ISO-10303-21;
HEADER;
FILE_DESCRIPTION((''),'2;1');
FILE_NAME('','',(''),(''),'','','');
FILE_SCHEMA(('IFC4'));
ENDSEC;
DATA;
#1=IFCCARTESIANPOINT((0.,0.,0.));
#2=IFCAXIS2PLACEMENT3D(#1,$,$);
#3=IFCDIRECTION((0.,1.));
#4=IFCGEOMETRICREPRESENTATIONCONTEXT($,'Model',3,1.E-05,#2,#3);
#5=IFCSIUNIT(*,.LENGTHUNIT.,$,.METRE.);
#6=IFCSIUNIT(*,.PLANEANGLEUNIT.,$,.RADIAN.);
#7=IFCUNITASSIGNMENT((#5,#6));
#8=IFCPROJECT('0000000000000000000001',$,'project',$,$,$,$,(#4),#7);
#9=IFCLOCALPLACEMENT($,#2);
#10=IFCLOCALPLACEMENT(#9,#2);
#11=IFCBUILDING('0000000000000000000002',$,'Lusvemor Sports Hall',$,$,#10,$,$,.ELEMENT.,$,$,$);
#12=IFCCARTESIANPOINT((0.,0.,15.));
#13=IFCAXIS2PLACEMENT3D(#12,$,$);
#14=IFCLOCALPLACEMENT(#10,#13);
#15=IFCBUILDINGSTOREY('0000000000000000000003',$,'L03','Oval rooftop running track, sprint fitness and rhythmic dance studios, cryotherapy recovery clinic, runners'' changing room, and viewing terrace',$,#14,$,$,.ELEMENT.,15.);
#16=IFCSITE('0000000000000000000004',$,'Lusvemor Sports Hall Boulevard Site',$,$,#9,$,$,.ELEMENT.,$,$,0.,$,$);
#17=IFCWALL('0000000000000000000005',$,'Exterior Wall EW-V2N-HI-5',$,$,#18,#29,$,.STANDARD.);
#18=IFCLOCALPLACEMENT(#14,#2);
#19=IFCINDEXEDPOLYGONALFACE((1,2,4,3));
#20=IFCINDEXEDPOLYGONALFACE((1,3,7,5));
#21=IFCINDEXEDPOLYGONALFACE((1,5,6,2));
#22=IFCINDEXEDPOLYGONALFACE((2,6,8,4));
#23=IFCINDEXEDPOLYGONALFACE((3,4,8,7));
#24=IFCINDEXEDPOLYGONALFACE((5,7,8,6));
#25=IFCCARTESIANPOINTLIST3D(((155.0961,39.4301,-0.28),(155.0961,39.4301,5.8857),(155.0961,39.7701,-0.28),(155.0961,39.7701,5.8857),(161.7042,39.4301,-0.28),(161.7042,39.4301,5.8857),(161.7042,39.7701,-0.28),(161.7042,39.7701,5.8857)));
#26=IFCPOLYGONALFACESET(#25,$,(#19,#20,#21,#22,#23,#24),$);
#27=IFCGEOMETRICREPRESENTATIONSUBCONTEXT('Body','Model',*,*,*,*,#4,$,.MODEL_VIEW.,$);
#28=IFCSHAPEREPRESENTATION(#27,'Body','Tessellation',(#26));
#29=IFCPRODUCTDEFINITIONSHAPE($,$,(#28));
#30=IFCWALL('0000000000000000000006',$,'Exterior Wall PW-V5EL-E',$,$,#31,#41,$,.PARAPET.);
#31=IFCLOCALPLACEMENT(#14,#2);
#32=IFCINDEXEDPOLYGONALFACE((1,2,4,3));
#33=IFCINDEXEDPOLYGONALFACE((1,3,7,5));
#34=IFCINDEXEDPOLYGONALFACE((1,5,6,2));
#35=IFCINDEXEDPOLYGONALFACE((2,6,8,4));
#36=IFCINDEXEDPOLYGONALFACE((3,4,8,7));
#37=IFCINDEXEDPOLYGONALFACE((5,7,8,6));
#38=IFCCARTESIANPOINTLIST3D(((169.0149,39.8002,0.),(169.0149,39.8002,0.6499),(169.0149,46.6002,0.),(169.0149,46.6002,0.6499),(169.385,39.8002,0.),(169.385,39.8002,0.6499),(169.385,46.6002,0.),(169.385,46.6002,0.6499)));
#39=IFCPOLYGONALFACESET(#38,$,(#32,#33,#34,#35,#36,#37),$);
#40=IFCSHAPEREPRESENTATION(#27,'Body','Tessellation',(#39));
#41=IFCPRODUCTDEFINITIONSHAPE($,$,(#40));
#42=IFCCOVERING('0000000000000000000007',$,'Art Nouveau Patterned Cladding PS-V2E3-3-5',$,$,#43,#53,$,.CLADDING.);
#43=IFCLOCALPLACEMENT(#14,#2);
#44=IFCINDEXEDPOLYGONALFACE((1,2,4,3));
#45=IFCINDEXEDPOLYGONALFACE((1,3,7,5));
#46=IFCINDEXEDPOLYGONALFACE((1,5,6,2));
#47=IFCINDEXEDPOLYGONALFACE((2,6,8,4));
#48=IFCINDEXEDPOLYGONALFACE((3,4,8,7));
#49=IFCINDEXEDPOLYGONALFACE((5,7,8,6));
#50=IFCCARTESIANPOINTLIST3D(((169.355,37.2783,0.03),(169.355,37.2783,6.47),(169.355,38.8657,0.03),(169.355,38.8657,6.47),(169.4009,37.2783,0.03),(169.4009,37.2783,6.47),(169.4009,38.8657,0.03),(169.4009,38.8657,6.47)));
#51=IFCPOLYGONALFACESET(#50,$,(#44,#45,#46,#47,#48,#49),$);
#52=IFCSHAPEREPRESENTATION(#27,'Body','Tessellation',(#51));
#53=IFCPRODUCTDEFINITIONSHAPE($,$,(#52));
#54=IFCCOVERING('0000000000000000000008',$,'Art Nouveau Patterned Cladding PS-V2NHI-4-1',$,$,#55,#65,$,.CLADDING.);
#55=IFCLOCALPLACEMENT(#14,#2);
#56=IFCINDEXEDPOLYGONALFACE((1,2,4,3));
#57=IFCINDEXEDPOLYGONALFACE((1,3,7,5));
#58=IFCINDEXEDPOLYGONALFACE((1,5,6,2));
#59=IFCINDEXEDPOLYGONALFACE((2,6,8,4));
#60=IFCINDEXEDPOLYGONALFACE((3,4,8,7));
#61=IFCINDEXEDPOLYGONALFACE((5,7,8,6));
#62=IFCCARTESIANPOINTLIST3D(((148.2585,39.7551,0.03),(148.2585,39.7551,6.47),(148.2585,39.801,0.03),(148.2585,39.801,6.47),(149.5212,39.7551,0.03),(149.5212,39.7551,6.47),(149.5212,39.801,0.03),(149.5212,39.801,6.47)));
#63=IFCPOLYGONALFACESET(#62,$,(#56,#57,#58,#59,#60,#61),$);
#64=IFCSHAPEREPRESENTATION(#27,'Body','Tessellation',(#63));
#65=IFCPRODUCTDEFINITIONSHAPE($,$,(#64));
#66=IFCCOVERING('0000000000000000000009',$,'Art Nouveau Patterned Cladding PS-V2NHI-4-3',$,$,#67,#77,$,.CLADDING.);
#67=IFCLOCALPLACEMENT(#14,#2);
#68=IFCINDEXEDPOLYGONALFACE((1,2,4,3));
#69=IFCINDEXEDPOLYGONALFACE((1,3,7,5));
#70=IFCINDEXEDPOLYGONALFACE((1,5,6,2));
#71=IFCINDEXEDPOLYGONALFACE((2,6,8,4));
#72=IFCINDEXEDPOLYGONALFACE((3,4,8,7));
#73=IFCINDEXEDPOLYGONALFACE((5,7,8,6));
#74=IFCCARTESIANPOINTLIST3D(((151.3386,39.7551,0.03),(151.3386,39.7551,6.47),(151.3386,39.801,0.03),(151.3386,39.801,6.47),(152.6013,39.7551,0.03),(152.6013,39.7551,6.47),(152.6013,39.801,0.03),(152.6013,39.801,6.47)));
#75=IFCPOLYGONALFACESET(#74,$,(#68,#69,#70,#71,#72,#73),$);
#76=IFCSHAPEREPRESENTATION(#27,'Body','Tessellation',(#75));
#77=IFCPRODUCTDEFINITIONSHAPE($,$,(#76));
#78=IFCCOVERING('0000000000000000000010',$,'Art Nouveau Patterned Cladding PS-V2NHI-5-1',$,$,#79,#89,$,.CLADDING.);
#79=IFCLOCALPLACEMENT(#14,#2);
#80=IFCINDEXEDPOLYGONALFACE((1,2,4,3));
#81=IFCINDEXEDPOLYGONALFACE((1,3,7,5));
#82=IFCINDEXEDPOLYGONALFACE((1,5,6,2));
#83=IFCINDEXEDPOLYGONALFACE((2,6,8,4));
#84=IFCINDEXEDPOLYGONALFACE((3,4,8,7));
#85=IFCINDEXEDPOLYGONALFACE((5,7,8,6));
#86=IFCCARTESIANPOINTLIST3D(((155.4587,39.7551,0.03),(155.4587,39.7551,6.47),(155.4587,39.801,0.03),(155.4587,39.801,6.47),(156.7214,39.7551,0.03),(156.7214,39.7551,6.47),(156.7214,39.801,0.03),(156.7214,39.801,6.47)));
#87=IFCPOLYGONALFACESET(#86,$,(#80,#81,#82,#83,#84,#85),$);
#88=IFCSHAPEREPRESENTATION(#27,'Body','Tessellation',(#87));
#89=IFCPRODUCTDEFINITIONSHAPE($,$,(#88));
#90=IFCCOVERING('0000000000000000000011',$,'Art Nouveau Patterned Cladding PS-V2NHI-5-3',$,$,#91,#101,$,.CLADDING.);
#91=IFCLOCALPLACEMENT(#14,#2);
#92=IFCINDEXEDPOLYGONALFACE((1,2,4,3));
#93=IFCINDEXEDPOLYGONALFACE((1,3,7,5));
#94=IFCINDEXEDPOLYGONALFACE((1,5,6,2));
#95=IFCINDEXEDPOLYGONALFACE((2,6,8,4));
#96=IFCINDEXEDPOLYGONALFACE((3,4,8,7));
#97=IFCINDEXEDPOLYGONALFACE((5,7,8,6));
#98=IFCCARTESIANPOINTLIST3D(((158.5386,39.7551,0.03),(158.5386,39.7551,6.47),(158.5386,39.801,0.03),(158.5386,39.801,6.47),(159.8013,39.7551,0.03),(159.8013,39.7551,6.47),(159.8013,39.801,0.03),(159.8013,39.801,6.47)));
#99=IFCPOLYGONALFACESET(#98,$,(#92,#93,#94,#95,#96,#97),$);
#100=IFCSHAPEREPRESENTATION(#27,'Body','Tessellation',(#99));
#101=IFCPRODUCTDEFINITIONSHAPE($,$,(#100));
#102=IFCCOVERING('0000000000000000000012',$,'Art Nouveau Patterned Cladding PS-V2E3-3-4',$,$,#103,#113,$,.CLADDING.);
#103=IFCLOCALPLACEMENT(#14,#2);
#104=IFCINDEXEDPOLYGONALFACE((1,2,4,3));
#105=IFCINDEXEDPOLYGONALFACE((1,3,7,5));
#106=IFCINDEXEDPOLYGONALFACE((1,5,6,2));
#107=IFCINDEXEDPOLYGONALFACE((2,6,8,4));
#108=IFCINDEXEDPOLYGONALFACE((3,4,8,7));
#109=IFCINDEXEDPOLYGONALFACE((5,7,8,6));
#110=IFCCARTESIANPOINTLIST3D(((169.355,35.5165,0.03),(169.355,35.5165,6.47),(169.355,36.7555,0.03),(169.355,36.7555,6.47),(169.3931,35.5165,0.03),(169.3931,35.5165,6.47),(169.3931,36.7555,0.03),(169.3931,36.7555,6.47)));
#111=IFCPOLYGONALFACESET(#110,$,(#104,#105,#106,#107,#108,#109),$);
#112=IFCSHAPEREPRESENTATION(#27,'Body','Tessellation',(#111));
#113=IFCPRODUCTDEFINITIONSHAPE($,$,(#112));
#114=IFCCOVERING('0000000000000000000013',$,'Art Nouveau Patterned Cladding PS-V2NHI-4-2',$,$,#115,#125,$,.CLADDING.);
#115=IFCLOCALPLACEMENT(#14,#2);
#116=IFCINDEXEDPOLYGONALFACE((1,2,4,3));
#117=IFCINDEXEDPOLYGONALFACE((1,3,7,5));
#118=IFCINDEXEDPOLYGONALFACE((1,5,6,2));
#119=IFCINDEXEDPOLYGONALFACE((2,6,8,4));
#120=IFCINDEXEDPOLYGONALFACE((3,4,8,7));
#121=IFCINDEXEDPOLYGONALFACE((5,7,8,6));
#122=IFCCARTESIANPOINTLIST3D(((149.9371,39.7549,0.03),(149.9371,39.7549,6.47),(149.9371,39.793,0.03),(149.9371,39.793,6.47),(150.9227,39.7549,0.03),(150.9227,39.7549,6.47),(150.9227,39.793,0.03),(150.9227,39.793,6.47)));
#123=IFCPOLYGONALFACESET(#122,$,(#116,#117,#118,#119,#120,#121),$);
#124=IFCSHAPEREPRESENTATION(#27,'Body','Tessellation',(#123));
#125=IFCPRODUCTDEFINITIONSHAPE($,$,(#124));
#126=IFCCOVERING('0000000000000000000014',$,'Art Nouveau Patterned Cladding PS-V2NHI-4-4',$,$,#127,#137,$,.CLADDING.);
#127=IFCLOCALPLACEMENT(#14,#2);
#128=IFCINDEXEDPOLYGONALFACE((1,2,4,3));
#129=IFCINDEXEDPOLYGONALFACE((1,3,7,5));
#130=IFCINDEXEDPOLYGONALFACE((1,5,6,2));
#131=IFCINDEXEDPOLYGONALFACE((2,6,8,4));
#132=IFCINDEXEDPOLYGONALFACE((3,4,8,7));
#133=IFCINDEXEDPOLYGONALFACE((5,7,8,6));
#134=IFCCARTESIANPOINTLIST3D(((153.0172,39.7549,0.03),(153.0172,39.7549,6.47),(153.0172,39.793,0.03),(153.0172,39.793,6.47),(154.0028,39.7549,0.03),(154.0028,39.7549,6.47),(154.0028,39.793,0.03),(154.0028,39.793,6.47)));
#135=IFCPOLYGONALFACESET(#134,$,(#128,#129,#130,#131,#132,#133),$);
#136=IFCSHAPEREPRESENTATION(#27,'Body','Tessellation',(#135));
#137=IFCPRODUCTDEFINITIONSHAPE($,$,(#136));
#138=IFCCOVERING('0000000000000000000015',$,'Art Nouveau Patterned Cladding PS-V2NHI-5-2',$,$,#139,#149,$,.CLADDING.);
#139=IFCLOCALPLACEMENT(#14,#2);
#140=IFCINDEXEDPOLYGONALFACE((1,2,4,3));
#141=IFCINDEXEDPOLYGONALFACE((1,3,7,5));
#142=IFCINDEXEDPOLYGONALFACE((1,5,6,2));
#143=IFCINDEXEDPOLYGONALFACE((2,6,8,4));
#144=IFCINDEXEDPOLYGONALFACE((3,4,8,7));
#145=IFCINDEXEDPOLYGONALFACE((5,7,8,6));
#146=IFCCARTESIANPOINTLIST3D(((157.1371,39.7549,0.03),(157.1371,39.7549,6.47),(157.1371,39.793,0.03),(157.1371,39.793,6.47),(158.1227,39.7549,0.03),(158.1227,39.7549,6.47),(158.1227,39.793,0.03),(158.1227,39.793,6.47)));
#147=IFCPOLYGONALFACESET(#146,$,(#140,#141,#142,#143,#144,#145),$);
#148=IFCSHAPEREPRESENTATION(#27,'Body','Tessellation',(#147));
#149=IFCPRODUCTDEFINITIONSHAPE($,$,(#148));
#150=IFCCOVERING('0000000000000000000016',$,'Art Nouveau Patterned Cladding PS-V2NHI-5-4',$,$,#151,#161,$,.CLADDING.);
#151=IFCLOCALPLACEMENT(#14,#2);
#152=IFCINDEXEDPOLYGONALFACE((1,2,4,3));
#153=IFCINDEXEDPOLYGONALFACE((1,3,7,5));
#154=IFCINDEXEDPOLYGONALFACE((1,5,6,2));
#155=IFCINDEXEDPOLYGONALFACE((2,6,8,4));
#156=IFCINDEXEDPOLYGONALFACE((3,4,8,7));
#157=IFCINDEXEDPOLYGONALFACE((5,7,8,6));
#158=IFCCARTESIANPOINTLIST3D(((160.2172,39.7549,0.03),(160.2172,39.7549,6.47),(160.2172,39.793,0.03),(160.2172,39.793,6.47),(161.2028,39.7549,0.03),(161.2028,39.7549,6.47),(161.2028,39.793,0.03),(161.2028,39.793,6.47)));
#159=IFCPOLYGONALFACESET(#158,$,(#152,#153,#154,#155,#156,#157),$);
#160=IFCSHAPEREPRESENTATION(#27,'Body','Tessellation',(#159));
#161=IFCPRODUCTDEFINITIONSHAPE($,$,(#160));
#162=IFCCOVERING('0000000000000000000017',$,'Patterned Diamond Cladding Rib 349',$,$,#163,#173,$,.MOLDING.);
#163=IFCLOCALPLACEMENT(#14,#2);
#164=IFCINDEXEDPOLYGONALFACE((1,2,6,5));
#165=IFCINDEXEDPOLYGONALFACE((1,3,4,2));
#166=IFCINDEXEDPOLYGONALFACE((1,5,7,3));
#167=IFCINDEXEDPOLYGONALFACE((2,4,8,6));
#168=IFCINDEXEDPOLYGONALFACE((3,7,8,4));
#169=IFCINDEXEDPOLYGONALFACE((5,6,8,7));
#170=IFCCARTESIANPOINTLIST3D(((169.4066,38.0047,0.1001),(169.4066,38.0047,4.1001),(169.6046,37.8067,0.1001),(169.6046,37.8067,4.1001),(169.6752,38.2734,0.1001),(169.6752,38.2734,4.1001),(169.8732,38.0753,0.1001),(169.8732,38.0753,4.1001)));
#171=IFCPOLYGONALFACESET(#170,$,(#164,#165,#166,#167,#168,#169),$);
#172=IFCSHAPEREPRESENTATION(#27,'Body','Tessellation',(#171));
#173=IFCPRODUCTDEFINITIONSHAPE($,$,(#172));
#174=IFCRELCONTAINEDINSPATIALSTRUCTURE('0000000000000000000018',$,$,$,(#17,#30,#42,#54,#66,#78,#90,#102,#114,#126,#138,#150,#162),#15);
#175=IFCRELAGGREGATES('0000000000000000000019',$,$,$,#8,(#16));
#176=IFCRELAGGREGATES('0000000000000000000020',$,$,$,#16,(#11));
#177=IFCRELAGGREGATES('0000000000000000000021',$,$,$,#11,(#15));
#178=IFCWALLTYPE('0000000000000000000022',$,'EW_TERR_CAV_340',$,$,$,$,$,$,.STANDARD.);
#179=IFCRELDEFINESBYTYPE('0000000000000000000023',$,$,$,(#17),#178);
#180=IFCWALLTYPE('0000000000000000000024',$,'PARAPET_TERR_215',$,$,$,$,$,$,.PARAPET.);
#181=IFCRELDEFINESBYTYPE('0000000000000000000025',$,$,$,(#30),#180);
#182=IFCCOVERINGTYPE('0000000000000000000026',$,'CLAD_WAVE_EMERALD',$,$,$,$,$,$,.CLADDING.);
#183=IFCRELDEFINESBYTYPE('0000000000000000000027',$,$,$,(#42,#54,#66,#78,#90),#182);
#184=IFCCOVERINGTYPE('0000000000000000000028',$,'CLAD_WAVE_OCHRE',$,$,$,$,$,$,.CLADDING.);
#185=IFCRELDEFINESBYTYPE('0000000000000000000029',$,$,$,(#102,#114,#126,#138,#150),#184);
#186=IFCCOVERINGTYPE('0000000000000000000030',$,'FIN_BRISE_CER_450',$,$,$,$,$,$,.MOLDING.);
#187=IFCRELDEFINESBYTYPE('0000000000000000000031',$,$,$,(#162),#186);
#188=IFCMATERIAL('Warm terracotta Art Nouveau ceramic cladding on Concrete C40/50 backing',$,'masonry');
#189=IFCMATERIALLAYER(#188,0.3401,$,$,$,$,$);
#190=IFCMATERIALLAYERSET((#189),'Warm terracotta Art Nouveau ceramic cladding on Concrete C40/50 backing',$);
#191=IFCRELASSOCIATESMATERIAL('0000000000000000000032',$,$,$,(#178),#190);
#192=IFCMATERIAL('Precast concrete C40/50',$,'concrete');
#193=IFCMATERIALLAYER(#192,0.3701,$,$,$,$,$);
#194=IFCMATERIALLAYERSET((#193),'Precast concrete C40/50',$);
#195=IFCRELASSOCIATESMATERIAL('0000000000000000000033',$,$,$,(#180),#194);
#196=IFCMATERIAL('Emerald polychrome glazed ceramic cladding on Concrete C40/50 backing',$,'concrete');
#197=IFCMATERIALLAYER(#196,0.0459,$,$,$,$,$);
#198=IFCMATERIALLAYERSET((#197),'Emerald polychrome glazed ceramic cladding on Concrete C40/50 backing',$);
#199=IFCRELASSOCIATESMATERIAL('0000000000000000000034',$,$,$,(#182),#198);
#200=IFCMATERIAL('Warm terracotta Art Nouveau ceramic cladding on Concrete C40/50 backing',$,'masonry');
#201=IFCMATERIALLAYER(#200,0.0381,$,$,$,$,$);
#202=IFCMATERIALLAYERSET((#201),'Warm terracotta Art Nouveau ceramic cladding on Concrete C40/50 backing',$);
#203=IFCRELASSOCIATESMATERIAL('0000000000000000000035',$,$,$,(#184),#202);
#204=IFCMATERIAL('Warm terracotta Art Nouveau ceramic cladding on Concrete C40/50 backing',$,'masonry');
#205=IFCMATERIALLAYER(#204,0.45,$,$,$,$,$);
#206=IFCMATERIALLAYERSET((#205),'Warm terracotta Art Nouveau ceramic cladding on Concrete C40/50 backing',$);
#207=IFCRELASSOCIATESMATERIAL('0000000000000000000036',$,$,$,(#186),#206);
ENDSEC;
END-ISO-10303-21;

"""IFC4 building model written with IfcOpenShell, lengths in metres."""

from ifc_helpers import new_model, si_unit, direction, frame, frame_2d, origin, origin_2d, place, context, subcontext, project, spatial, rectangle, extrude, material, layer, layer_set, type_object, element, save


model = new_model("IFC4")

# Units and contexts
model_context = context("Model", 3, precision=1e-05, world=origin(), true_north=direction((0.0, 1.0)))
body_context = subcontext(model_context, "Body", "Model", "MODEL_VIEW")
ifc_project = project(units=[si_unit("LENGTHUNIT", "METRE"), si_unit("PLANEANGLEUNIT", "RADIAN")], contexts=[model_context])

# Site, building, storey
site_placement = place(None, origin())
site = spatial("IfcSite", under=ifc_project, at=site_placement, Name="Lusvemor Sports Hall Boulevard Site", CompositionType="ELEMENT", RefElevation=0.0)
building_placement = place(site_placement, origin())
building = spatial("IfcBuilding", under=site, at=building_placement, Name="Lusvemor Sports Hall", CompositionType="ELEMENT")
storey_placement = place(building_placement, frame((0.0, 0.0, 15.0)))
storey = spatial("IfcBuildingStorey", under=building, at=storey_placement, Name="L03", Description="Oval rooftop running track, sprint fitness and rhythmic dance studios, cryotherapy recovery clinic, runners' changing room, and viewing terrace", CompositionType="ELEMENT", Elevation=15.0)

# Shared definitions
ifc_material_1 = material(Name="Warm terracotta Art Nouveau ceramic cladding on Concrete C40/50 backing", Category="masonry")
ifc_layer_1 = layer(ifc_material_1, 0.3401)
ifc_layer_set_1 = layer_set([ifc_layer_1], Name="Warm terracotta Art Nouveau ceramic cladding on Concrete C40/50 backing")
wall_type_1 = type_object("IfcWallType", Name="EW_TERR_CAV_340", PredefinedType="STANDARD", material=ifc_layer_set_1)

# Walls
wall_1_placement = place(storey_placement, frame((155.0959, 39.6001, -0.28), z_axis=(0.0, 0.0, 1.0), x_axis=(1.0, 0.0, 0.0)))
element("IfcWall", 1, at=wall_1_placement, inside=storey, type_object=wall_type_1, Name="Exterior Wall EW-V2N-HI-5", PredefinedType="STANDARD", context=body_context, shape_type="SweptSolid", body=[
    extrude(rectangle(XDim=6.6082, YDim=0.3401, at=frame_2d((3.3042, 0.0))), origin(), (0.0, 0.0, 1.0), 6.1658),
])
ifc_material_2 = material(Name="Precast concrete C40/50", Category="concrete")
ifc_layer_2 = layer(ifc_material_2, 0.3701)
ifc_layer_set_2 = layer_set([ifc_layer_2], Name="Precast concrete C40/50")
wall_type_2 = type_object("IfcWallType", Name="PARAPET_TERR_215", PredefinedType="PARAPET", material=ifc_layer_set_2)
wall_2_placement = place(storey_placement, frame((169.2, 46.6001, 0.0), z_axis=(0.0, 0.0, 1.0), x_axis=(0.0, -1.0, 0.0)))
element("IfcWall", 2, at=wall_2_placement, inside=storey, type_object=wall_type_2, Name="Exterior Wall PW-V5EL-E", PredefinedType="PARAPET", context=body_context, shape_type="SweptSolid", body=[
    extrude(rectangle(XDim=6.8, YDim=0.3701, at=frame_2d((3.3999, 0.0))), origin(), (0.0, 0.0, 1.0), 0.6499),
])

# Coverings
ifc_material_3 = material(Name="Emerald polychrome glazed ceramic cladding on Concrete C40/50 backing", Category="concrete")
ifc_layer_3 = layer(ifc_material_3, 0.0459)
ifc_layer_set_3 = layer_set([ifc_layer_3], Name="Emerald polychrome glazed ceramic cladding on Concrete C40/50 backing")
covering_type_1 = type_object("IfcCoveringType", Name="CLAD_WAVE_EMERALD", PredefinedType="CLADDING", material=ifc_layer_set_3)
covering_1_placement = place(storey_placement, frame((169.3779, 38.072, 0.03), z_axis=(0.0, 0.0, 1.0), x_axis=(1.0, 0.0, 0.0)))
element("IfcCovering", 3, at=covering_1_placement, inside=storey, type_object=covering_type_1, Name="Art Nouveau Patterned Cladding PS-V2E3-3-5", PredefinedType="CLADDING", context=body_context, shape_type="SweptSolid", body=[
    extrude(rectangle(XDim=0.0459, YDim=1.5874, at=origin_2d()), origin(), (0.0, 0.0, 1.0), 6.4399),
])
for number, where, z_axis, x_axis, name in (
    (4, (148.8899, 39.7781, 0.03), (0.0, 0.0, 1.0), (1.0, 0.0, 0.0), "Art Nouveau Patterned Cladding PS-V2NHI-4-1"),
    (5, (151.97, 39.7781, 0.03), (0.0, 0.0, 1.0), (1.0, 0.0, 0.0), "Art Nouveau Patterned Cladding PS-V2NHI-4-3"),
    (6, (156.0901, 39.7781, 0.03), (0.0, 0.0, 1.0), (1.0, 0.0, 0.0), "Art Nouveau Patterned Cladding PS-V2NHI-5-1"),
    (7, (159.1699, 39.7781, 0.03), (0.0, 0.0, 1.0), (1.0, 0.0, 0.0), "Art Nouveau Patterned Cladding PS-V2NHI-5-3"),
):
    element("IfcCovering", number, at=place(storey_placement, frame(where, z_axis=z_axis, x_axis=x_axis)), inside=storey, type_object=covering_type_1, Name=name, PredefinedType="CLADDING", context=body_context, shape_type="SweptSolid", body=[
        extrude(rectangle(XDim=1.2627, YDim=0.0459, at=origin_2d()), origin(), (0.0, 0.0, 1.0), 6.4399),
    ])
ifc_material_4 = material(Name="Warm terracotta Art Nouveau ceramic cladding on Concrete C40/50 backing", Category="masonry")
ifc_layer_4 = layer(ifc_material_4, 0.0381)
ifc_layer_set_4 = layer_set([ifc_layer_4], Name="Warm terracotta Art Nouveau ceramic cladding on Concrete C40/50 backing")
covering_type_2 = type_object("IfcCoveringType", Name="CLAD_WAVE_OCHRE", PredefinedType="CLADDING", material=ifc_layer_set_4)
covering_2_placement = place(storey_placement, frame((169.374, 36.136, 0.03), z_axis=(0.0, 0.0, 1.0), x_axis=(1.0, 0.0, 0.0)))
element("IfcCovering", 8, at=covering_2_placement, inside=storey, type_object=covering_type_2, Name="Art Nouveau Patterned Cladding PS-V2E3-3-4", PredefinedType="CLADDING", context=body_context, shape_type="SweptSolid", body=[
    extrude(rectangle(XDim=0.0381, YDim=1.239, at=origin_2d()), origin(), (0.0, 0.0, 1.0), 6.4399),
])
for number, where, z_axis, x_axis, name in (
    (9, (150.4299, 39.7739, 0.03), (0.0, 0.0, 1.0), (1.0, 0.0, 0.0), "Art Nouveau Patterned Cladding PS-V2NHI-4-2"),
    (10, (153.51, 39.7739, 0.03), (0.0, 0.0, 1.0), (1.0, 0.0, 0.0), "Art Nouveau Patterned Cladding PS-V2NHI-4-4"),
    (11, (157.6299, 39.7739, 0.03), (0.0, 0.0, 1.0), (1.0, 0.0, 0.0), "Art Nouveau Patterned Cladding PS-V2NHI-5-2"),
    (12, (160.71, 39.7739, 0.03), (0.0, 0.0, 1.0), (1.0, 0.0, 0.0), "Art Nouveau Patterned Cladding PS-V2NHI-5-4"),
):
    element("IfcCovering", number, at=place(storey_placement, frame(where, z_axis=z_axis, x_axis=x_axis)), inside=storey, type_object=covering_type_2, Name=name, PredefinedType="CLADDING", context=body_context, shape_type="SweptSolid", body=[
        extrude(rectangle(XDim=0.9856, YDim=0.0381, at=origin_2d()), origin(), (0.0, 0.0, 1.0), 6.4399),
    ])
ifc_material_5 = material(Name="Warm terracotta Art Nouveau ceramic cladding on Concrete C40/50 backing", Category="masonry")
ifc_layer_5 = layer(ifc_material_5, 0.45)
ifc_layer_set_5 = layer_set([ifc_layer_5], Name="Warm terracotta Art Nouveau ceramic cladding on Concrete C40/50 backing")
covering_type_3 = type_object("IfcCoveringType", Name="FIN_BRISE_CER_450", PredefinedType="MOLDING", material=ifc_layer_set_5)
covering_3_placement = place(storey_placement, frame((169.6399, 38.04, 0.1001), z_axis=(0.0, 0.0, 1.0), x_axis=(0.707107, 0.707107, 0.0)))
element("IfcCovering", 13, at=covering_3_placement, inside=storey, type_object=covering_type_3, Name="Patterned Diamond Cladding Rib 349", PredefinedType="MOLDING", context=body_context, shape_type="SweptSolid", body=[
    extrude(rectangle(XDim=0.3799, YDim=0.28, at=origin_2d()), origin(), (0.0, 0.0, 1.0), 4.0),
])

save(model, "model.ifc")
